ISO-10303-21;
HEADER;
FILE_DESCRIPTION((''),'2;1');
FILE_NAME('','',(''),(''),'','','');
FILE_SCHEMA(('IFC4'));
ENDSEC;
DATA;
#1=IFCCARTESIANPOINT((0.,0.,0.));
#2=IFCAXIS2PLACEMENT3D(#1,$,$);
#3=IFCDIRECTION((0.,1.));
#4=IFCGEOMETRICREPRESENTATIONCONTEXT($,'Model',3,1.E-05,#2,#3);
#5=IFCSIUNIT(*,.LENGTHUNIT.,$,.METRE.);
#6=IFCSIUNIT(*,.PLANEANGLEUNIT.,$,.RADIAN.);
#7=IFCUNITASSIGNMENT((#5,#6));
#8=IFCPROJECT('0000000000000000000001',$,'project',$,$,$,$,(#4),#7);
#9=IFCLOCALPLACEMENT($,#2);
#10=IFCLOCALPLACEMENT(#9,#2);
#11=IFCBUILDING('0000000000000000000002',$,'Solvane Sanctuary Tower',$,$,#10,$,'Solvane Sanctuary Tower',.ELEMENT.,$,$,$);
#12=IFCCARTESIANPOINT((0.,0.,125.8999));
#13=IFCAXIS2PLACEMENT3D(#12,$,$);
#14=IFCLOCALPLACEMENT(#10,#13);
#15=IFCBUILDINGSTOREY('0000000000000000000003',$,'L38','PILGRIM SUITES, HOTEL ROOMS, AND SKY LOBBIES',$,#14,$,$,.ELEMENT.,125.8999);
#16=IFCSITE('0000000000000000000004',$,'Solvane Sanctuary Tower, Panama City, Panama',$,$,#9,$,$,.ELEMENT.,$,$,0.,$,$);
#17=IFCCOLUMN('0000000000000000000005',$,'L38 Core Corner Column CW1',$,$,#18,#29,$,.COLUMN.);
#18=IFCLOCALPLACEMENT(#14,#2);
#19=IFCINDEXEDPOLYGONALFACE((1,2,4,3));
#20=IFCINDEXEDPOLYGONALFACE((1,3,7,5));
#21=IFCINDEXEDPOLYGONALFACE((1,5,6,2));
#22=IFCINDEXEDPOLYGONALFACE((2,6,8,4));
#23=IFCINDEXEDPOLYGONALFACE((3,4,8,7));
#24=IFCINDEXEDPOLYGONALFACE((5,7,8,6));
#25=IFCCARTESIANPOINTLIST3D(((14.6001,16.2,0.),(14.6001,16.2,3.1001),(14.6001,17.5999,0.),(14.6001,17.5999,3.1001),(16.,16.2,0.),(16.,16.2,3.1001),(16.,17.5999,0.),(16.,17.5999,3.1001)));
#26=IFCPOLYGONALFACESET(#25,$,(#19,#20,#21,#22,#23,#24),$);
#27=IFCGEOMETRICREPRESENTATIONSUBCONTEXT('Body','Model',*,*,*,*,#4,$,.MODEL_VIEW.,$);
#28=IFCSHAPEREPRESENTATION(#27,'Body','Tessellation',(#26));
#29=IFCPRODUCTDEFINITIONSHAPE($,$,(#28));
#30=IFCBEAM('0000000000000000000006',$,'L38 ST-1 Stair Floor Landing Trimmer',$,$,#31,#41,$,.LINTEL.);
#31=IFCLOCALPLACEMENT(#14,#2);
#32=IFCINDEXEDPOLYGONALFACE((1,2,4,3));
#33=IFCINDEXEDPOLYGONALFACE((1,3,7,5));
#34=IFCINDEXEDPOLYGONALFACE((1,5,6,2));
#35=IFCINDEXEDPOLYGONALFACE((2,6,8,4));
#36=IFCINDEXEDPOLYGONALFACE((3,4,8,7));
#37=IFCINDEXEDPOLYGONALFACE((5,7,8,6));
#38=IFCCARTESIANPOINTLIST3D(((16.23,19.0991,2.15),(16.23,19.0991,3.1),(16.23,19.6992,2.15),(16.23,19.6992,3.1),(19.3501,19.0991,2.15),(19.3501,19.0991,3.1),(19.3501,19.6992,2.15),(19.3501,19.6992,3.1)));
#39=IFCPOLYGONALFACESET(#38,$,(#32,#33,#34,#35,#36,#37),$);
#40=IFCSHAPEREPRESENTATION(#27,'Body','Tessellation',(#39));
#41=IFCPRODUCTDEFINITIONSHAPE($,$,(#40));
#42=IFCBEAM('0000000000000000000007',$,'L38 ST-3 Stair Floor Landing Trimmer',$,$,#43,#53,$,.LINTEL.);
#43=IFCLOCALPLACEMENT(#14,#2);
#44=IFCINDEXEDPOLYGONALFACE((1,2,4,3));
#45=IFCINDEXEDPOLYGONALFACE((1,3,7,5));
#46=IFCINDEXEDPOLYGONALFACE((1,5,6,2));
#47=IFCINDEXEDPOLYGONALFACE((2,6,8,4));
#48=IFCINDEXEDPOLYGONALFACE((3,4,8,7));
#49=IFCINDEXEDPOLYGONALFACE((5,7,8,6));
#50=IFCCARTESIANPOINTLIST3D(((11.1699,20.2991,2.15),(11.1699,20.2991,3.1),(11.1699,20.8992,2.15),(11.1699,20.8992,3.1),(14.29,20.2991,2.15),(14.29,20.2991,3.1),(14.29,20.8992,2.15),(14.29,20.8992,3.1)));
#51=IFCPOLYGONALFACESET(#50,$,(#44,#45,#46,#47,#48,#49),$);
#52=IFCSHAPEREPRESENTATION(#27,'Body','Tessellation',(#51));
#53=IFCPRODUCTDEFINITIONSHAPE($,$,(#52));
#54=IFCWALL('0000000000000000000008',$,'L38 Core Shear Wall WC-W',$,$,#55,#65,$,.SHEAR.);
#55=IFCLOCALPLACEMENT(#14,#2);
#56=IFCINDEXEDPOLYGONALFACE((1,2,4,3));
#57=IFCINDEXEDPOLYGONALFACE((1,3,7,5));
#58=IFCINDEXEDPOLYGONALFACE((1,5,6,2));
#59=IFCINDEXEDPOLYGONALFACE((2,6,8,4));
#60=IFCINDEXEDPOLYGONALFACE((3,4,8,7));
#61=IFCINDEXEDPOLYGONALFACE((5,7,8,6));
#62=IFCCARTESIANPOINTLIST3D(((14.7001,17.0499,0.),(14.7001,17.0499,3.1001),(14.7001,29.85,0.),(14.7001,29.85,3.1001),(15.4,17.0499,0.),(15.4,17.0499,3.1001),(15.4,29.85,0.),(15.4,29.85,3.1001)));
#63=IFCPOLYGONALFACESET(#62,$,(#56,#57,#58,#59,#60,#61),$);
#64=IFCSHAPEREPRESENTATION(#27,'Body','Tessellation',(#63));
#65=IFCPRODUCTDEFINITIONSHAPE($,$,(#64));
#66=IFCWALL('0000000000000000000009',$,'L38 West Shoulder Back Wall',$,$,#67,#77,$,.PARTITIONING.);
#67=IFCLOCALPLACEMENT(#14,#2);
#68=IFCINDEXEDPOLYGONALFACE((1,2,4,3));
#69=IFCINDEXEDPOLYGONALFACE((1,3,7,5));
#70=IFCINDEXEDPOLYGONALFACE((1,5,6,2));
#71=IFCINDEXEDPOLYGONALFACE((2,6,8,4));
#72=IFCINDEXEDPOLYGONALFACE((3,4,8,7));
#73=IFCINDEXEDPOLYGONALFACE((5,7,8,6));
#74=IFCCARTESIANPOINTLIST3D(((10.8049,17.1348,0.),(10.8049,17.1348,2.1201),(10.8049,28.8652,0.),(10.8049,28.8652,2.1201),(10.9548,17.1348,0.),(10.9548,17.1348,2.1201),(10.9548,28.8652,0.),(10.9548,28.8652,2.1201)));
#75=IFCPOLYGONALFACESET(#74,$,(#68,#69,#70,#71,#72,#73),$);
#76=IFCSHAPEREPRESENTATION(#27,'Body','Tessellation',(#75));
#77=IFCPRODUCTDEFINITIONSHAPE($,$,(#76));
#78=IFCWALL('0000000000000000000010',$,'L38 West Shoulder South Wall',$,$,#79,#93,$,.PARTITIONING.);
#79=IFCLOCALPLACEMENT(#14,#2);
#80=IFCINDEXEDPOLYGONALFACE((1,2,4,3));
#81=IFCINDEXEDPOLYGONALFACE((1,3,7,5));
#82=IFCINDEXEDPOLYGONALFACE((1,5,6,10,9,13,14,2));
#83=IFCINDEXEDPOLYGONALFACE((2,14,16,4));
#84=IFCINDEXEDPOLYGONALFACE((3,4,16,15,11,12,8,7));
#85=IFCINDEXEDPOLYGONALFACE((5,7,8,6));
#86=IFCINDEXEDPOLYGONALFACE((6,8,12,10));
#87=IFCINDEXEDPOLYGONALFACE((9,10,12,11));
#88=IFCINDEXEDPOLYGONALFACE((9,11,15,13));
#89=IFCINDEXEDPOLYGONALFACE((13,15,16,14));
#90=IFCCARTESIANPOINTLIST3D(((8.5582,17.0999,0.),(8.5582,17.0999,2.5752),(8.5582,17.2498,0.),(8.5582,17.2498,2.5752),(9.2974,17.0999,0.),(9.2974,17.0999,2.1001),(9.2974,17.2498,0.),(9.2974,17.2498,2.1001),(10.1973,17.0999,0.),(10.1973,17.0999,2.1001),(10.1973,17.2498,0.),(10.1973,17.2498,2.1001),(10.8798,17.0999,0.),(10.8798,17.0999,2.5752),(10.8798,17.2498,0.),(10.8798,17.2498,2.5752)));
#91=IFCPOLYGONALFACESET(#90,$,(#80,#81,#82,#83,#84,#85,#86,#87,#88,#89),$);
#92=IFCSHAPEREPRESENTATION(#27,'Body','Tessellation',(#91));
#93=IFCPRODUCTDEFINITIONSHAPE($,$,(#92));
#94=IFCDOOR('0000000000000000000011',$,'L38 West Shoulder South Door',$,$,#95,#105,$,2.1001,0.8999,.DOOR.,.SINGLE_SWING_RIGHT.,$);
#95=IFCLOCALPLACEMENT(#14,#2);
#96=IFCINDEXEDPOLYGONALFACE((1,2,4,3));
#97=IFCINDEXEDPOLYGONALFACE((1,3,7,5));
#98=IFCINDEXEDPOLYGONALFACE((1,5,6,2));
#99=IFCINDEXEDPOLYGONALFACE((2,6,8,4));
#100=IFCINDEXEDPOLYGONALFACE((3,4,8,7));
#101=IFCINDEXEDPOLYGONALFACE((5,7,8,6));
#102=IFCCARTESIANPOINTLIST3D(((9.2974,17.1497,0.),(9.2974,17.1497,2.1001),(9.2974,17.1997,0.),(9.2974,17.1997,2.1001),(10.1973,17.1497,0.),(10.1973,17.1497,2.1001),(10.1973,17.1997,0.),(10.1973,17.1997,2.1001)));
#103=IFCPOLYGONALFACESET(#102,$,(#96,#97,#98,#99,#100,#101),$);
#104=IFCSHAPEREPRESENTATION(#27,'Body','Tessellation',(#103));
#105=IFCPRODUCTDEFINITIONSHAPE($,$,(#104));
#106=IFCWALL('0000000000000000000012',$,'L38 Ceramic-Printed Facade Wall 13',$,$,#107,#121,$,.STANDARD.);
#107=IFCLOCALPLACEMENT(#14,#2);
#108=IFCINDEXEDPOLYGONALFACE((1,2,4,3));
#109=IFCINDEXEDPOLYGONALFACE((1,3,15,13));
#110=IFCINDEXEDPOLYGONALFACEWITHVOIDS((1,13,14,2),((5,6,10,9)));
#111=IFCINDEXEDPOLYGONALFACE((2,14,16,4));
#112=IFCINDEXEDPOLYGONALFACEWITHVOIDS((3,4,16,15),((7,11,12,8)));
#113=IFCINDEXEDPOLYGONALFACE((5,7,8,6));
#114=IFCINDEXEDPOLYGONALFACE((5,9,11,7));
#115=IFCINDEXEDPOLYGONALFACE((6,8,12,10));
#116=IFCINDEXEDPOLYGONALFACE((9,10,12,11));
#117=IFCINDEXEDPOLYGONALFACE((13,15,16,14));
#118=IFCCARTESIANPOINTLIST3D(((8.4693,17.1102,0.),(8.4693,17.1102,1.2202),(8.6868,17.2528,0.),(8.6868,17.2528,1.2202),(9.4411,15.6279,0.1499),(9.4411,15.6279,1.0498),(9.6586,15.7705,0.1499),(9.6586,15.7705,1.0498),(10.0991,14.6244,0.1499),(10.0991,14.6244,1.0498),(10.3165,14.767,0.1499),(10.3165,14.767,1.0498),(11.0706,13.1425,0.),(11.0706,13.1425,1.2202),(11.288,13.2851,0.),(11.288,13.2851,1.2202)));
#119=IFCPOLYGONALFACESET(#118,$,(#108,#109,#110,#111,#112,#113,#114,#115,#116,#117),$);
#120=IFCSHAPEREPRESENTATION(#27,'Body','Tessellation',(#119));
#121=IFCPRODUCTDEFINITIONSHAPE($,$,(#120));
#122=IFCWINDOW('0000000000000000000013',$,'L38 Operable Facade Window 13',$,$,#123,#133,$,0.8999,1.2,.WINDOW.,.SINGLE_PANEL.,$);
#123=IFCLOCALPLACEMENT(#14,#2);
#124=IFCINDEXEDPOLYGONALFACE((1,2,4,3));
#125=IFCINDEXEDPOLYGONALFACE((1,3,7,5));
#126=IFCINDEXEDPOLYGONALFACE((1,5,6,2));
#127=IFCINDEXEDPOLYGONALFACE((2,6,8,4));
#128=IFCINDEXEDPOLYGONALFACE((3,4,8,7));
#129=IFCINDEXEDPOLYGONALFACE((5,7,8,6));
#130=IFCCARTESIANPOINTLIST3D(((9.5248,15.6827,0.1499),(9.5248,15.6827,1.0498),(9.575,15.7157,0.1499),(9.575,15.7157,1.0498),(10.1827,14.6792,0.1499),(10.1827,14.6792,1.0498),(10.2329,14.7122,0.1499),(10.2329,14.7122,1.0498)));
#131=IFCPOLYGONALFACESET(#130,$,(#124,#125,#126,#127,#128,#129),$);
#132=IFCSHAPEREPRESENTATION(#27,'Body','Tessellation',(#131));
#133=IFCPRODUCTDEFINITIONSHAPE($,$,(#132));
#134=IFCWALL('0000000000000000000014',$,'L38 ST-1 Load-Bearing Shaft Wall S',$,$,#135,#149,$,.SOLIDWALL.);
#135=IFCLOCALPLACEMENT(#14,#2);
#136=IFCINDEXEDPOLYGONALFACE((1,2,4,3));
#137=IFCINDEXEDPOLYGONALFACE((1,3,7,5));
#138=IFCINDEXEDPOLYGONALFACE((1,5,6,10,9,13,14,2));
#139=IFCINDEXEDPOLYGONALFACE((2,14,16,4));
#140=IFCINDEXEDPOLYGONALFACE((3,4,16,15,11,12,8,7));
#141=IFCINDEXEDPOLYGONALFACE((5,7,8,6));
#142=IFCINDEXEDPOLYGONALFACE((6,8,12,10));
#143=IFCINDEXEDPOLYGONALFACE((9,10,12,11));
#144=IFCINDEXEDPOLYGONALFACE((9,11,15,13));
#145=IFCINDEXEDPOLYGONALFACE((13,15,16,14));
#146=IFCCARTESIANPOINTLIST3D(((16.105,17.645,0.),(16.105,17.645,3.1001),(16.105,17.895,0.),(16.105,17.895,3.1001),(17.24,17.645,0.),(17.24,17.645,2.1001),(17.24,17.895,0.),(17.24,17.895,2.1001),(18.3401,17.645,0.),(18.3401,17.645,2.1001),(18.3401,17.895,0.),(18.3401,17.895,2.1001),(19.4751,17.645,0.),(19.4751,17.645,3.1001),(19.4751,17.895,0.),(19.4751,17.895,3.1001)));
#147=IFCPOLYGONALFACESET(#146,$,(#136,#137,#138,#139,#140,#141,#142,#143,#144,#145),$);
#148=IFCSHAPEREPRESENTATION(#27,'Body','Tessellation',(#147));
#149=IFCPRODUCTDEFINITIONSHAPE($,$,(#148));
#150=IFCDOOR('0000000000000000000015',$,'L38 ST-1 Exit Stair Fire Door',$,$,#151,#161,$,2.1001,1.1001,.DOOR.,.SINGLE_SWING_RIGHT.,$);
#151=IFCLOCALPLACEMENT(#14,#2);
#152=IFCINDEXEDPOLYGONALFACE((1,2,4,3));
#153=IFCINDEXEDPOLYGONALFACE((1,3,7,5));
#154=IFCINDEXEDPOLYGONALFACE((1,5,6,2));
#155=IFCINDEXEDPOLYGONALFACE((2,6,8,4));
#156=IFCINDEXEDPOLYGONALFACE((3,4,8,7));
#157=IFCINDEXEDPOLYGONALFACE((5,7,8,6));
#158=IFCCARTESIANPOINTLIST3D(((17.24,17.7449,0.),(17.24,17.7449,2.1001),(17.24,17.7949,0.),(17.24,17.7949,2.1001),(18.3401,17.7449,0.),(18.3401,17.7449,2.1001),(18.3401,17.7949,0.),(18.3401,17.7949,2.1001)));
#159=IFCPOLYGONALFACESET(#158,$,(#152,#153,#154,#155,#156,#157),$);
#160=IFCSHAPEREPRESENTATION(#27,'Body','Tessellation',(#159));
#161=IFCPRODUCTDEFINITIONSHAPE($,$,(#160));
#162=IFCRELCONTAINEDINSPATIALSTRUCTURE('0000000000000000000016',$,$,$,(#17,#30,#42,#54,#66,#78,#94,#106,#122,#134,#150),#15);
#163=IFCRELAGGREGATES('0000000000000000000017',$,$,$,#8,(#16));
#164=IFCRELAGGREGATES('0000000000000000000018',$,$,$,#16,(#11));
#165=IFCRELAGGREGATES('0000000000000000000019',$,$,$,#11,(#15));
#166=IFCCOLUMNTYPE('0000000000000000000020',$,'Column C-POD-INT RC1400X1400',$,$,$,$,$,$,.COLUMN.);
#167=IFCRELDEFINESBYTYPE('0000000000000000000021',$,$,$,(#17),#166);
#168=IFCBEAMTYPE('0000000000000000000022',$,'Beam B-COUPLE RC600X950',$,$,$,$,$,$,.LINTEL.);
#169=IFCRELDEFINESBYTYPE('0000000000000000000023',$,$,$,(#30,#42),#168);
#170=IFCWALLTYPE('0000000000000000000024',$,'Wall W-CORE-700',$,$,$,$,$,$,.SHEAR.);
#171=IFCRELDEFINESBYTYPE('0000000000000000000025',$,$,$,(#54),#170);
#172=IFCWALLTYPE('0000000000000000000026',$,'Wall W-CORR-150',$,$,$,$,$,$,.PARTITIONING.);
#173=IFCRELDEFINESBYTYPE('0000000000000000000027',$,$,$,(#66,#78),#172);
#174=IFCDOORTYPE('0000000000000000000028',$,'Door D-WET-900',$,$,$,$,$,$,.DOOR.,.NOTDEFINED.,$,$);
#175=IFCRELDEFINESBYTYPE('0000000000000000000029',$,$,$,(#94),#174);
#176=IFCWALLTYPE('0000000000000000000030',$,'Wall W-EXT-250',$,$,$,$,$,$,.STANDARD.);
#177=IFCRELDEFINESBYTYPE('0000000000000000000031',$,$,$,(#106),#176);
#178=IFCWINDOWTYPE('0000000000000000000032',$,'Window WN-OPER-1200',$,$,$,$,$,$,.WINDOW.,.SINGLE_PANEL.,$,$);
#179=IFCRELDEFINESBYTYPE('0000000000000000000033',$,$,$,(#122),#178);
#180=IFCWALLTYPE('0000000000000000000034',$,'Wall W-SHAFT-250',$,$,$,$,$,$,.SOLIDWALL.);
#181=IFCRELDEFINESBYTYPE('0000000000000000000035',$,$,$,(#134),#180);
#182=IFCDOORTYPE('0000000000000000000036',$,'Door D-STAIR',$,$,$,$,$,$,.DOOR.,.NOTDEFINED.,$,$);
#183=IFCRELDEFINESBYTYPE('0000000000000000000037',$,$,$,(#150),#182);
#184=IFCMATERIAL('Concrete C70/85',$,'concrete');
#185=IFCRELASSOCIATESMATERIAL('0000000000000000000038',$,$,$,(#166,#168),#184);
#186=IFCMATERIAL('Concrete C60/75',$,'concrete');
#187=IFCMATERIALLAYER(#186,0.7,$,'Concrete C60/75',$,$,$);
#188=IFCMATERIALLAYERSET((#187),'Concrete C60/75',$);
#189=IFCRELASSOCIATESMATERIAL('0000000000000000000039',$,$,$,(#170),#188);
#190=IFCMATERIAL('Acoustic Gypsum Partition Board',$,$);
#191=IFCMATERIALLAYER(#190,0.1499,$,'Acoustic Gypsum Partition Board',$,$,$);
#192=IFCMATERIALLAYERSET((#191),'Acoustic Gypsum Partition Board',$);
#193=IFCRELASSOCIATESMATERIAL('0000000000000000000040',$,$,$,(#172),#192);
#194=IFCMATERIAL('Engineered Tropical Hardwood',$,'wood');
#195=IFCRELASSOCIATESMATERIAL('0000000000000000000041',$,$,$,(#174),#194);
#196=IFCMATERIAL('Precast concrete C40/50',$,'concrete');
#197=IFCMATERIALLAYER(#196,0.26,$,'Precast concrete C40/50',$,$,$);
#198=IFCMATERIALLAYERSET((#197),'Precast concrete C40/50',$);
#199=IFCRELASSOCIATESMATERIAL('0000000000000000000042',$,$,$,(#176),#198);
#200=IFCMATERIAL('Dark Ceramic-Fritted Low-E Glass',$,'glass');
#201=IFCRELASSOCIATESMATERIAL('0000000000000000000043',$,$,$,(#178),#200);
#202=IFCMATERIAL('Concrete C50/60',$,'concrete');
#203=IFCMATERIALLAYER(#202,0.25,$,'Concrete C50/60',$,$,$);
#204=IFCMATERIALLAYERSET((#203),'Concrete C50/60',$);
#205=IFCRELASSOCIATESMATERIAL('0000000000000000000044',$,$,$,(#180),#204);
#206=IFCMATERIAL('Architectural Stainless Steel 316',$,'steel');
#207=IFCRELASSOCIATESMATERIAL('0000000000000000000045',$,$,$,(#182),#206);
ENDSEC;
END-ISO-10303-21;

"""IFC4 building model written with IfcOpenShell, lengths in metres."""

from ifc_helpers import new_model, si_unit, direction, frame, frame_2d, origin, origin_2d, place, context, subcontext, project, spatial, rectangle, extrude, material, layer, layer_set, material_profile, profile_set, type_object, element, fill, save


model = new_model("IFC4")

# Units and contexts
model_context = context("Model", 3, precision=1e-05, world=origin(), true_north=direction((0.0, 1.0)))
body_context = subcontext(model_context, "Body", "Model", "MODEL_VIEW")
ifc_project = project(units=[si_unit("LENGTHUNIT", "METRE"), si_unit("PLANEANGLEUNIT", "RADIAN")], contexts=[model_context])

# Site, building, storey
site_placement = place(None, origin())
site = spatial("IfcSite", under=ifc_project, at=site_placement, Name="Solvane Sanctuary Tower, Panama City, Panama", CompositionType="ELEMENT", RefElevation=0.0)
building_placement = place(site_placement, origin())
building = spatial("IfcBuilding", under=site, at=building_placement, Name="Solvane Sanctuary Tower", LongName="Solvane Sanctuary Tower", CompositionType="ELEMENT")
storey_placement = place(building_placement, frame((0.0, 0.0, 125.8999)))
storey = spatial("IfcBuildingStorey", under=building, at=storey_placement, Name="L38", Description="PILGRIM SUITES, HOTEL ROOMS, AND SKY LOBBIES", CompositionType="ELEMENT", Elevation=125.8999)

# Column
ifc_material_1 = material(Name="Concrete C70/85", Category="concrete")
ifc_material_profile_1 = material_profile(ifc_material_1, rectangle(XDim=1.3999, YDim=1.3999, at=origin_2d()), Name="RC1400X1400")
ifc_profile_set_1 = profile_set([ifc_material_profile_1], Name="Concrete C70/85")
column_type = type_object("IfcColumnType", Name="Column C-POD-INT RC1400X1400", PredefinedType="COLUMN", material=ifc_profile_set_1)
column_placement = place(storey_placement, frame((15.3, 16.8999, 0.0), z_axis=(0.0, 0.0, 1.0), x_axis=(1.0, 0.0, 0.0)))
element("IfcColumn", 1, at=column_placement, inside=storey, type_object=column_type, Name="L38 Core Corner Column CW1", PredefinedType="COLUMN", context=body_context, shape_type="SweptSolid", body=[
    extrude(rectangle(XDim=1.3999, YDim=1.3999, at=origin_2d()), origin(), (0.0, 0.0, 1.0), 3.1001),
])

# Beams
ifc_material_profile_2 = material_profile(ifc_material_1, rectangle(XDim=0.6001, YDim=0.95, at=origin_2d()), Name="RC600X950")
ifc_profile_set_2 = profile_set([ifc_material_profile_2], Name="Concrete C70/85")
beam_type = type_object("IfcBeamType", Name="Beam B-COUPLE RC600X950", PredefinedType="LINTEL", material=ifc_profile_set_2)
for number, where, z_axis, x_axis, name in (
    (2, (16.23, 19.3992, 2.625), (1.0, 0.0, 0.0), (0.0, 1.0, 0.0), "L38 ST-1 Stair Floor Landing Trimmer"),
    (3, (11.1699, 20.5991, 2.625), (1.0, 0.0, 0.0), (0.0, 1.0, 0.0), "L38 ST-3 Stair Floor Landing Trimmer"),
):
    element("IfcBeam", number, at=place(storey_placement, frame(where, z_axis=z_axis, x_axis=x_axis)), inside=storey, type_object=beam_type, Name=name, PredefinedType="LINTEL", context=body_context, shape_type="SweptSolid", body=[
        extrude(rectangle(XDim=0.6001, YDim=0.95, at=origin_2d()), origin(), (0.0, 0.0, 1.0), 3.1201),
    ])

# Walls
ifc_material_2 = material(Name="Concrete C60/75", Category="concrete")
ifc_layer_1 = layer(ifc_material_2, 0.7, Name="Concrete C60/75")
ifc_layer_set_1 = layer_set([ifc_layer_1], Name="Concrete C60/75")
wall_type_1 = type_object("IfcWallType", Name="Wall W-CORE-700", PredefinedType="SHEAR", material=ifc_layer_set_1)
wall_1_placement = place(storey_placement, frame((15.05, 17.05, 0.0), z_axis=(0.0, 0.0, 1.0), x_axis=(0.0, 1.0, 0.0)))
element("IfcWall", 4, at=wall_1_placement, inside=storey, type_object=wall_type_1, Name="L38 Core Shear Wall WC-W", PredefinedType="SHEAR", context=body_context, shape_type="SweptSolid", body=[
    extrude(rectangle(XDim=12.8, YDim=0.7, at=frame_2d((6.3999, 0.0))), origin(), (0.0, 0.0, 1.0), 3.1001),
])
ifc_material_3 = material(Name="Acoustic Gypsum Partition Board")
ifc_layer_2 = layer(ifc_material_3, 0.1499, Name="Acoustic Gypsum Partition Board")
ifc_layer_set_2 = layer_set([ifc_layer_2], Name="Acoustic Gypsum Partition Board")
wall_type_2 = type_object("IfcWallType", Name="Wall W-CORR-150", PredefinedType="PARTITIONING", material=ifc_layer_set_2)
wall_2_placement = place(storey_placement, frame((10.8799, 17.1348, 0.0), z_axis=(0.0, 0.0, 1.0), x_axis=(0.0, 1.0, 0.0)))
element("IfcWall", 5, at=wall_2_placement, inside=storey, type_object=wall_type_2, Name="L38 West Shoulder Back Wall", PredefinedType="PARTITIONING", context=body_context, shape_type="SweptSolid", body=[
    extrude(rectangle(XDim=11.7305, YDim=0.1499, at=frame_2d((5.8652, 0.0))), origin(), (0.0, 0.0, 1.0), 2.1201),
])

# Wall, opening, door
wall_3_placement = place(storey_placement, frame((8.5583, 17.1748, 0.0), z_axis=(0.0, 0.0, 1.0), x_axis=(1.0, 0.0, 0.0)))
wall_3 = element("IfcWall", 6, at=wall_3_placement, inside=storey, type_object=wall_type_2, Name="L38 West Shoulder South Wall", PredefinedType="PARTITIONING", context=body_context, shape_type="SweptSolid", body=[
    extrude(rectangle(XDim=2.3215, YDim=0.1499, at=frame_2d((1.1606, 0.0))), origin(), (0.0, 0.0, 1.0), 2.5752),
])
opening_1_placement = place(wall_3_placement, frame((0.739, 0.0, 0.0)))
opening_1 = element("IfcOpeningElement", 7, at=opening_1_placement, cuts=wall_3, PredefinedType="OPENING", context=body_context, shape_type="SweptSolid", body=[
    extrude(rectangle(XDim=0.8999, YDim=2.1001, at=frame_2d((0.45, 1.05))), frame((0.0, 0.085, 0.0), z_axis=(0.0, -1.0, 0.0), x_axis=(1.0, 0.0, 0.0)), (0.0, 0.0, 1.0), 0.1699),
])
ifc_material_4 = material(Name="Engineered Tropical Hardwood", Category="wood")
door_type_1 = type_object("IfcDoorType", Name="Door D-WET-900", OperationType="NOTDEFINED", PredefinedType="DOOR", material=ifc_material_4)
door_1_placement = place(opening_1_placement, origin())
door_1 = element("IfcDoor", 8, at=door_1_placement, inside=storey, type_object=door_type_1, Name="L38 West Shoulder South Door", OperationType="SINGLE_SWING_RIGHT", OverallHeight=2.1001, OverallWidth=0.8999, PredefinedType="DOOR", context=body_context, shape_type="SweptSolid", body=[
    extrude(rectangle(XDim=0.8999, YDim=2.1001, at=frame_2d((0.45, 1.05))), frame((0.0, 0.0249, 0.0), z_axis=(0.0, -1.0, 0.0), x_axis=(1.0, 0.0, 0.0)), (0.0, 0.0, 1.0), 0.05),
])
fill(opening_1, door_1)

# Wall, opening, window
ifc_material_5 = material(Name="Precast concrete C40/50", Category="concrete")
ifc_layer_3 = layer(ifc_material_5, 0.26, Name="Precast concrete C40/50")
ifc_layer_set_3 = layer_set([ifc_layer_3], Name="Precast concrete C40/50")
wall_type_3 = type_object("IfcWallType", Name="Wall W-EXT-250", PredefinedType="STANDARD", material=ifc_layer_set_3)
wall_4_placement = place(storey_placement, frame((8.5781, 17.1814, 0.0), z_axis=(0.0, 0.0, 1.0), x_axis=(0.548283, -0.836293, 0.0)))
wall_4 = element("IfcWall", 9, at=wall_4_placement, inside=storey, type_object=wall_type_3, Name="L38 Ceramic-Printed Facade Wall 13", PredefinedType="STANDARD", context=body_context, shape_type="SweptSolid", body=[
    extrude(rectangle(XDim=4.7444, YDim=0.26, at=frame_2d((2.3721, 0.0))), origin(), (0.0, 0.0, 1.0), 1.2202),
])
opening_2_placement = place(wall_4_placement, frame((1.7722, 0.0, 0.1499)))
opening_2 = element("IfcOpeningElement", 10, at=opening_2_placement, cuts=wall_4, PredefinedType="OPENING", context=body_context, shape_type="SweptSolid", body=[
    extrude(rectangle(XDim=1.2, YDim=0.8999, at=frame_2d((0.6001, 0.45))), frame((0.0, 0.1399, 0.0), z_axis=(0.0, -1.0, 0.0), x_axis=(1.0, 0.0, 0.0)), (0.0, 0.0, 1.0), 0.28),
])
ifc_material_6 = material(Name="Dark Ceramic-Fritted Low-E Glass", Category="glass")
window_type = type_object("IfcWindowType", Name="Window WN-OPER-1200", PartitioningType="SINGLE_PANEL", PredefinedType="WINDOW", material=ifc_material_6)
window_placement = place(opening_2_placement, origin())
window = element("IfcWindow", 11, at=window_placement, inside=storey, type_object=window_type, Name="L38 Operable Facade Window 13", OverallHeight=0.8999, OverallWidth=1.2, PartitioningType="SINGLE_PANEL", PredefinedType="WINDOW", context=body_context, shape_type="SweptSolid", body=[
    extrude(rectangle(XDim=1.2, YDim=0.8999, at=frame_2d((0.6001, 0.45))), frame((0.0, 0.03, 0.0), z_axis=(0.0, -1.0, 0.0), x_axis=(1.0, 0.0, 0.0)), (0.0, 0.0, 1.0), 0.0601),
])
fill(opening_2, window)

# Wall, opening, door
ifc_material_7 = material(Name="Concrete C50/60", Category="concrete")
ifc_layer_4 = layer(ifc_material_7, 0.25, Name="Concrete C50/60")
ifc_layer_set_4 = layer_set([ifc_layer_4], Name="Concrete C50/60")
wall_type_4 = type_object("IfcWallType", Name="Wall W-SHAFT-250", PredefinedType="SOLIDWALL", material=ifc_layer_set_4)
wall_5_placement = place(storey_placement, frame((16.105, 17.77, 0.0), z_axis=(0.0, 0.0, 1.0), x_axis=(1.0, 0.0, 0.0)))
wall_5 = element("IfcWall", 12, at=wall_5_placement, inside=storey, type_object=wall_type_4, Name="L38 ST-1 Load-Bearing Shaft Wall S", PredefinedType="SOLIDWALL", context=body_context, shape_type="SweptSolid", body=[
    extrude(rectangle(XDim=3.3701, YDim=0.25, at=frame_2d((1.6851, 0.0))), origin(), (0.0, 0.0, 1.0), 3.1001),
])
opening_3_placement = place(wall_5_placement, frame((1.135, 0.0, 0.0)))
opening_3 = element("IfcOpeningElement", 13, at=opening_3_placement, cuts=wall_5, PredefinedType="OPENING", context=body_context, shape_type="SweptSolid", body=[
    extrude(rectangle(XDim=1.1001, YDim=2.1001, at=frame_2d((0.55, 1.05))), frame((0.0, 0.135, 0.0), z_axis=(0.0, -1.0, 0.0), x_axis=(1.0, 0.0, 0.0)), (0.0, 0.0, 1.0), 0.27),
])
ifc_material_8 = material(Name="Architectural Stainless Steel 316", Category="steel")
door_type_2 = type_object("IfcDoorType", Name="Door D-STAIR", OperationType="NOTDEFINED", PredefinedType="DOOR", material=ifc_material_8)
door_2_placement = place(opening_3_placement, origin())
door_2 = element("IfcDoor", 14, at=door_2_placement, inside=storey, type_object=door_type_2, Name="L38 ST-1 Exit Stair Fire Door", OperationType="SINGLE_SWING_RIGHT", OverallHeight=2.1001, OverallWidth=1.1001, PredefinedType="DOOR", context=body_context, shape_type="SweptSolid", body=[
    extrude(rectangle(XDim=1.1001, YDim=2.1001, at=frame_2d((0.55, 1.05))), frame((0.0, 0.0249, 0.0), z_axis=(0.0, -1.0, 0.0), x_axis=(1.0, 0.0, 0.0)), (0.0, 0.0, 1.0), 0.05),
])
fill(opening_3, door_2)

save(model, "model.ifc")
